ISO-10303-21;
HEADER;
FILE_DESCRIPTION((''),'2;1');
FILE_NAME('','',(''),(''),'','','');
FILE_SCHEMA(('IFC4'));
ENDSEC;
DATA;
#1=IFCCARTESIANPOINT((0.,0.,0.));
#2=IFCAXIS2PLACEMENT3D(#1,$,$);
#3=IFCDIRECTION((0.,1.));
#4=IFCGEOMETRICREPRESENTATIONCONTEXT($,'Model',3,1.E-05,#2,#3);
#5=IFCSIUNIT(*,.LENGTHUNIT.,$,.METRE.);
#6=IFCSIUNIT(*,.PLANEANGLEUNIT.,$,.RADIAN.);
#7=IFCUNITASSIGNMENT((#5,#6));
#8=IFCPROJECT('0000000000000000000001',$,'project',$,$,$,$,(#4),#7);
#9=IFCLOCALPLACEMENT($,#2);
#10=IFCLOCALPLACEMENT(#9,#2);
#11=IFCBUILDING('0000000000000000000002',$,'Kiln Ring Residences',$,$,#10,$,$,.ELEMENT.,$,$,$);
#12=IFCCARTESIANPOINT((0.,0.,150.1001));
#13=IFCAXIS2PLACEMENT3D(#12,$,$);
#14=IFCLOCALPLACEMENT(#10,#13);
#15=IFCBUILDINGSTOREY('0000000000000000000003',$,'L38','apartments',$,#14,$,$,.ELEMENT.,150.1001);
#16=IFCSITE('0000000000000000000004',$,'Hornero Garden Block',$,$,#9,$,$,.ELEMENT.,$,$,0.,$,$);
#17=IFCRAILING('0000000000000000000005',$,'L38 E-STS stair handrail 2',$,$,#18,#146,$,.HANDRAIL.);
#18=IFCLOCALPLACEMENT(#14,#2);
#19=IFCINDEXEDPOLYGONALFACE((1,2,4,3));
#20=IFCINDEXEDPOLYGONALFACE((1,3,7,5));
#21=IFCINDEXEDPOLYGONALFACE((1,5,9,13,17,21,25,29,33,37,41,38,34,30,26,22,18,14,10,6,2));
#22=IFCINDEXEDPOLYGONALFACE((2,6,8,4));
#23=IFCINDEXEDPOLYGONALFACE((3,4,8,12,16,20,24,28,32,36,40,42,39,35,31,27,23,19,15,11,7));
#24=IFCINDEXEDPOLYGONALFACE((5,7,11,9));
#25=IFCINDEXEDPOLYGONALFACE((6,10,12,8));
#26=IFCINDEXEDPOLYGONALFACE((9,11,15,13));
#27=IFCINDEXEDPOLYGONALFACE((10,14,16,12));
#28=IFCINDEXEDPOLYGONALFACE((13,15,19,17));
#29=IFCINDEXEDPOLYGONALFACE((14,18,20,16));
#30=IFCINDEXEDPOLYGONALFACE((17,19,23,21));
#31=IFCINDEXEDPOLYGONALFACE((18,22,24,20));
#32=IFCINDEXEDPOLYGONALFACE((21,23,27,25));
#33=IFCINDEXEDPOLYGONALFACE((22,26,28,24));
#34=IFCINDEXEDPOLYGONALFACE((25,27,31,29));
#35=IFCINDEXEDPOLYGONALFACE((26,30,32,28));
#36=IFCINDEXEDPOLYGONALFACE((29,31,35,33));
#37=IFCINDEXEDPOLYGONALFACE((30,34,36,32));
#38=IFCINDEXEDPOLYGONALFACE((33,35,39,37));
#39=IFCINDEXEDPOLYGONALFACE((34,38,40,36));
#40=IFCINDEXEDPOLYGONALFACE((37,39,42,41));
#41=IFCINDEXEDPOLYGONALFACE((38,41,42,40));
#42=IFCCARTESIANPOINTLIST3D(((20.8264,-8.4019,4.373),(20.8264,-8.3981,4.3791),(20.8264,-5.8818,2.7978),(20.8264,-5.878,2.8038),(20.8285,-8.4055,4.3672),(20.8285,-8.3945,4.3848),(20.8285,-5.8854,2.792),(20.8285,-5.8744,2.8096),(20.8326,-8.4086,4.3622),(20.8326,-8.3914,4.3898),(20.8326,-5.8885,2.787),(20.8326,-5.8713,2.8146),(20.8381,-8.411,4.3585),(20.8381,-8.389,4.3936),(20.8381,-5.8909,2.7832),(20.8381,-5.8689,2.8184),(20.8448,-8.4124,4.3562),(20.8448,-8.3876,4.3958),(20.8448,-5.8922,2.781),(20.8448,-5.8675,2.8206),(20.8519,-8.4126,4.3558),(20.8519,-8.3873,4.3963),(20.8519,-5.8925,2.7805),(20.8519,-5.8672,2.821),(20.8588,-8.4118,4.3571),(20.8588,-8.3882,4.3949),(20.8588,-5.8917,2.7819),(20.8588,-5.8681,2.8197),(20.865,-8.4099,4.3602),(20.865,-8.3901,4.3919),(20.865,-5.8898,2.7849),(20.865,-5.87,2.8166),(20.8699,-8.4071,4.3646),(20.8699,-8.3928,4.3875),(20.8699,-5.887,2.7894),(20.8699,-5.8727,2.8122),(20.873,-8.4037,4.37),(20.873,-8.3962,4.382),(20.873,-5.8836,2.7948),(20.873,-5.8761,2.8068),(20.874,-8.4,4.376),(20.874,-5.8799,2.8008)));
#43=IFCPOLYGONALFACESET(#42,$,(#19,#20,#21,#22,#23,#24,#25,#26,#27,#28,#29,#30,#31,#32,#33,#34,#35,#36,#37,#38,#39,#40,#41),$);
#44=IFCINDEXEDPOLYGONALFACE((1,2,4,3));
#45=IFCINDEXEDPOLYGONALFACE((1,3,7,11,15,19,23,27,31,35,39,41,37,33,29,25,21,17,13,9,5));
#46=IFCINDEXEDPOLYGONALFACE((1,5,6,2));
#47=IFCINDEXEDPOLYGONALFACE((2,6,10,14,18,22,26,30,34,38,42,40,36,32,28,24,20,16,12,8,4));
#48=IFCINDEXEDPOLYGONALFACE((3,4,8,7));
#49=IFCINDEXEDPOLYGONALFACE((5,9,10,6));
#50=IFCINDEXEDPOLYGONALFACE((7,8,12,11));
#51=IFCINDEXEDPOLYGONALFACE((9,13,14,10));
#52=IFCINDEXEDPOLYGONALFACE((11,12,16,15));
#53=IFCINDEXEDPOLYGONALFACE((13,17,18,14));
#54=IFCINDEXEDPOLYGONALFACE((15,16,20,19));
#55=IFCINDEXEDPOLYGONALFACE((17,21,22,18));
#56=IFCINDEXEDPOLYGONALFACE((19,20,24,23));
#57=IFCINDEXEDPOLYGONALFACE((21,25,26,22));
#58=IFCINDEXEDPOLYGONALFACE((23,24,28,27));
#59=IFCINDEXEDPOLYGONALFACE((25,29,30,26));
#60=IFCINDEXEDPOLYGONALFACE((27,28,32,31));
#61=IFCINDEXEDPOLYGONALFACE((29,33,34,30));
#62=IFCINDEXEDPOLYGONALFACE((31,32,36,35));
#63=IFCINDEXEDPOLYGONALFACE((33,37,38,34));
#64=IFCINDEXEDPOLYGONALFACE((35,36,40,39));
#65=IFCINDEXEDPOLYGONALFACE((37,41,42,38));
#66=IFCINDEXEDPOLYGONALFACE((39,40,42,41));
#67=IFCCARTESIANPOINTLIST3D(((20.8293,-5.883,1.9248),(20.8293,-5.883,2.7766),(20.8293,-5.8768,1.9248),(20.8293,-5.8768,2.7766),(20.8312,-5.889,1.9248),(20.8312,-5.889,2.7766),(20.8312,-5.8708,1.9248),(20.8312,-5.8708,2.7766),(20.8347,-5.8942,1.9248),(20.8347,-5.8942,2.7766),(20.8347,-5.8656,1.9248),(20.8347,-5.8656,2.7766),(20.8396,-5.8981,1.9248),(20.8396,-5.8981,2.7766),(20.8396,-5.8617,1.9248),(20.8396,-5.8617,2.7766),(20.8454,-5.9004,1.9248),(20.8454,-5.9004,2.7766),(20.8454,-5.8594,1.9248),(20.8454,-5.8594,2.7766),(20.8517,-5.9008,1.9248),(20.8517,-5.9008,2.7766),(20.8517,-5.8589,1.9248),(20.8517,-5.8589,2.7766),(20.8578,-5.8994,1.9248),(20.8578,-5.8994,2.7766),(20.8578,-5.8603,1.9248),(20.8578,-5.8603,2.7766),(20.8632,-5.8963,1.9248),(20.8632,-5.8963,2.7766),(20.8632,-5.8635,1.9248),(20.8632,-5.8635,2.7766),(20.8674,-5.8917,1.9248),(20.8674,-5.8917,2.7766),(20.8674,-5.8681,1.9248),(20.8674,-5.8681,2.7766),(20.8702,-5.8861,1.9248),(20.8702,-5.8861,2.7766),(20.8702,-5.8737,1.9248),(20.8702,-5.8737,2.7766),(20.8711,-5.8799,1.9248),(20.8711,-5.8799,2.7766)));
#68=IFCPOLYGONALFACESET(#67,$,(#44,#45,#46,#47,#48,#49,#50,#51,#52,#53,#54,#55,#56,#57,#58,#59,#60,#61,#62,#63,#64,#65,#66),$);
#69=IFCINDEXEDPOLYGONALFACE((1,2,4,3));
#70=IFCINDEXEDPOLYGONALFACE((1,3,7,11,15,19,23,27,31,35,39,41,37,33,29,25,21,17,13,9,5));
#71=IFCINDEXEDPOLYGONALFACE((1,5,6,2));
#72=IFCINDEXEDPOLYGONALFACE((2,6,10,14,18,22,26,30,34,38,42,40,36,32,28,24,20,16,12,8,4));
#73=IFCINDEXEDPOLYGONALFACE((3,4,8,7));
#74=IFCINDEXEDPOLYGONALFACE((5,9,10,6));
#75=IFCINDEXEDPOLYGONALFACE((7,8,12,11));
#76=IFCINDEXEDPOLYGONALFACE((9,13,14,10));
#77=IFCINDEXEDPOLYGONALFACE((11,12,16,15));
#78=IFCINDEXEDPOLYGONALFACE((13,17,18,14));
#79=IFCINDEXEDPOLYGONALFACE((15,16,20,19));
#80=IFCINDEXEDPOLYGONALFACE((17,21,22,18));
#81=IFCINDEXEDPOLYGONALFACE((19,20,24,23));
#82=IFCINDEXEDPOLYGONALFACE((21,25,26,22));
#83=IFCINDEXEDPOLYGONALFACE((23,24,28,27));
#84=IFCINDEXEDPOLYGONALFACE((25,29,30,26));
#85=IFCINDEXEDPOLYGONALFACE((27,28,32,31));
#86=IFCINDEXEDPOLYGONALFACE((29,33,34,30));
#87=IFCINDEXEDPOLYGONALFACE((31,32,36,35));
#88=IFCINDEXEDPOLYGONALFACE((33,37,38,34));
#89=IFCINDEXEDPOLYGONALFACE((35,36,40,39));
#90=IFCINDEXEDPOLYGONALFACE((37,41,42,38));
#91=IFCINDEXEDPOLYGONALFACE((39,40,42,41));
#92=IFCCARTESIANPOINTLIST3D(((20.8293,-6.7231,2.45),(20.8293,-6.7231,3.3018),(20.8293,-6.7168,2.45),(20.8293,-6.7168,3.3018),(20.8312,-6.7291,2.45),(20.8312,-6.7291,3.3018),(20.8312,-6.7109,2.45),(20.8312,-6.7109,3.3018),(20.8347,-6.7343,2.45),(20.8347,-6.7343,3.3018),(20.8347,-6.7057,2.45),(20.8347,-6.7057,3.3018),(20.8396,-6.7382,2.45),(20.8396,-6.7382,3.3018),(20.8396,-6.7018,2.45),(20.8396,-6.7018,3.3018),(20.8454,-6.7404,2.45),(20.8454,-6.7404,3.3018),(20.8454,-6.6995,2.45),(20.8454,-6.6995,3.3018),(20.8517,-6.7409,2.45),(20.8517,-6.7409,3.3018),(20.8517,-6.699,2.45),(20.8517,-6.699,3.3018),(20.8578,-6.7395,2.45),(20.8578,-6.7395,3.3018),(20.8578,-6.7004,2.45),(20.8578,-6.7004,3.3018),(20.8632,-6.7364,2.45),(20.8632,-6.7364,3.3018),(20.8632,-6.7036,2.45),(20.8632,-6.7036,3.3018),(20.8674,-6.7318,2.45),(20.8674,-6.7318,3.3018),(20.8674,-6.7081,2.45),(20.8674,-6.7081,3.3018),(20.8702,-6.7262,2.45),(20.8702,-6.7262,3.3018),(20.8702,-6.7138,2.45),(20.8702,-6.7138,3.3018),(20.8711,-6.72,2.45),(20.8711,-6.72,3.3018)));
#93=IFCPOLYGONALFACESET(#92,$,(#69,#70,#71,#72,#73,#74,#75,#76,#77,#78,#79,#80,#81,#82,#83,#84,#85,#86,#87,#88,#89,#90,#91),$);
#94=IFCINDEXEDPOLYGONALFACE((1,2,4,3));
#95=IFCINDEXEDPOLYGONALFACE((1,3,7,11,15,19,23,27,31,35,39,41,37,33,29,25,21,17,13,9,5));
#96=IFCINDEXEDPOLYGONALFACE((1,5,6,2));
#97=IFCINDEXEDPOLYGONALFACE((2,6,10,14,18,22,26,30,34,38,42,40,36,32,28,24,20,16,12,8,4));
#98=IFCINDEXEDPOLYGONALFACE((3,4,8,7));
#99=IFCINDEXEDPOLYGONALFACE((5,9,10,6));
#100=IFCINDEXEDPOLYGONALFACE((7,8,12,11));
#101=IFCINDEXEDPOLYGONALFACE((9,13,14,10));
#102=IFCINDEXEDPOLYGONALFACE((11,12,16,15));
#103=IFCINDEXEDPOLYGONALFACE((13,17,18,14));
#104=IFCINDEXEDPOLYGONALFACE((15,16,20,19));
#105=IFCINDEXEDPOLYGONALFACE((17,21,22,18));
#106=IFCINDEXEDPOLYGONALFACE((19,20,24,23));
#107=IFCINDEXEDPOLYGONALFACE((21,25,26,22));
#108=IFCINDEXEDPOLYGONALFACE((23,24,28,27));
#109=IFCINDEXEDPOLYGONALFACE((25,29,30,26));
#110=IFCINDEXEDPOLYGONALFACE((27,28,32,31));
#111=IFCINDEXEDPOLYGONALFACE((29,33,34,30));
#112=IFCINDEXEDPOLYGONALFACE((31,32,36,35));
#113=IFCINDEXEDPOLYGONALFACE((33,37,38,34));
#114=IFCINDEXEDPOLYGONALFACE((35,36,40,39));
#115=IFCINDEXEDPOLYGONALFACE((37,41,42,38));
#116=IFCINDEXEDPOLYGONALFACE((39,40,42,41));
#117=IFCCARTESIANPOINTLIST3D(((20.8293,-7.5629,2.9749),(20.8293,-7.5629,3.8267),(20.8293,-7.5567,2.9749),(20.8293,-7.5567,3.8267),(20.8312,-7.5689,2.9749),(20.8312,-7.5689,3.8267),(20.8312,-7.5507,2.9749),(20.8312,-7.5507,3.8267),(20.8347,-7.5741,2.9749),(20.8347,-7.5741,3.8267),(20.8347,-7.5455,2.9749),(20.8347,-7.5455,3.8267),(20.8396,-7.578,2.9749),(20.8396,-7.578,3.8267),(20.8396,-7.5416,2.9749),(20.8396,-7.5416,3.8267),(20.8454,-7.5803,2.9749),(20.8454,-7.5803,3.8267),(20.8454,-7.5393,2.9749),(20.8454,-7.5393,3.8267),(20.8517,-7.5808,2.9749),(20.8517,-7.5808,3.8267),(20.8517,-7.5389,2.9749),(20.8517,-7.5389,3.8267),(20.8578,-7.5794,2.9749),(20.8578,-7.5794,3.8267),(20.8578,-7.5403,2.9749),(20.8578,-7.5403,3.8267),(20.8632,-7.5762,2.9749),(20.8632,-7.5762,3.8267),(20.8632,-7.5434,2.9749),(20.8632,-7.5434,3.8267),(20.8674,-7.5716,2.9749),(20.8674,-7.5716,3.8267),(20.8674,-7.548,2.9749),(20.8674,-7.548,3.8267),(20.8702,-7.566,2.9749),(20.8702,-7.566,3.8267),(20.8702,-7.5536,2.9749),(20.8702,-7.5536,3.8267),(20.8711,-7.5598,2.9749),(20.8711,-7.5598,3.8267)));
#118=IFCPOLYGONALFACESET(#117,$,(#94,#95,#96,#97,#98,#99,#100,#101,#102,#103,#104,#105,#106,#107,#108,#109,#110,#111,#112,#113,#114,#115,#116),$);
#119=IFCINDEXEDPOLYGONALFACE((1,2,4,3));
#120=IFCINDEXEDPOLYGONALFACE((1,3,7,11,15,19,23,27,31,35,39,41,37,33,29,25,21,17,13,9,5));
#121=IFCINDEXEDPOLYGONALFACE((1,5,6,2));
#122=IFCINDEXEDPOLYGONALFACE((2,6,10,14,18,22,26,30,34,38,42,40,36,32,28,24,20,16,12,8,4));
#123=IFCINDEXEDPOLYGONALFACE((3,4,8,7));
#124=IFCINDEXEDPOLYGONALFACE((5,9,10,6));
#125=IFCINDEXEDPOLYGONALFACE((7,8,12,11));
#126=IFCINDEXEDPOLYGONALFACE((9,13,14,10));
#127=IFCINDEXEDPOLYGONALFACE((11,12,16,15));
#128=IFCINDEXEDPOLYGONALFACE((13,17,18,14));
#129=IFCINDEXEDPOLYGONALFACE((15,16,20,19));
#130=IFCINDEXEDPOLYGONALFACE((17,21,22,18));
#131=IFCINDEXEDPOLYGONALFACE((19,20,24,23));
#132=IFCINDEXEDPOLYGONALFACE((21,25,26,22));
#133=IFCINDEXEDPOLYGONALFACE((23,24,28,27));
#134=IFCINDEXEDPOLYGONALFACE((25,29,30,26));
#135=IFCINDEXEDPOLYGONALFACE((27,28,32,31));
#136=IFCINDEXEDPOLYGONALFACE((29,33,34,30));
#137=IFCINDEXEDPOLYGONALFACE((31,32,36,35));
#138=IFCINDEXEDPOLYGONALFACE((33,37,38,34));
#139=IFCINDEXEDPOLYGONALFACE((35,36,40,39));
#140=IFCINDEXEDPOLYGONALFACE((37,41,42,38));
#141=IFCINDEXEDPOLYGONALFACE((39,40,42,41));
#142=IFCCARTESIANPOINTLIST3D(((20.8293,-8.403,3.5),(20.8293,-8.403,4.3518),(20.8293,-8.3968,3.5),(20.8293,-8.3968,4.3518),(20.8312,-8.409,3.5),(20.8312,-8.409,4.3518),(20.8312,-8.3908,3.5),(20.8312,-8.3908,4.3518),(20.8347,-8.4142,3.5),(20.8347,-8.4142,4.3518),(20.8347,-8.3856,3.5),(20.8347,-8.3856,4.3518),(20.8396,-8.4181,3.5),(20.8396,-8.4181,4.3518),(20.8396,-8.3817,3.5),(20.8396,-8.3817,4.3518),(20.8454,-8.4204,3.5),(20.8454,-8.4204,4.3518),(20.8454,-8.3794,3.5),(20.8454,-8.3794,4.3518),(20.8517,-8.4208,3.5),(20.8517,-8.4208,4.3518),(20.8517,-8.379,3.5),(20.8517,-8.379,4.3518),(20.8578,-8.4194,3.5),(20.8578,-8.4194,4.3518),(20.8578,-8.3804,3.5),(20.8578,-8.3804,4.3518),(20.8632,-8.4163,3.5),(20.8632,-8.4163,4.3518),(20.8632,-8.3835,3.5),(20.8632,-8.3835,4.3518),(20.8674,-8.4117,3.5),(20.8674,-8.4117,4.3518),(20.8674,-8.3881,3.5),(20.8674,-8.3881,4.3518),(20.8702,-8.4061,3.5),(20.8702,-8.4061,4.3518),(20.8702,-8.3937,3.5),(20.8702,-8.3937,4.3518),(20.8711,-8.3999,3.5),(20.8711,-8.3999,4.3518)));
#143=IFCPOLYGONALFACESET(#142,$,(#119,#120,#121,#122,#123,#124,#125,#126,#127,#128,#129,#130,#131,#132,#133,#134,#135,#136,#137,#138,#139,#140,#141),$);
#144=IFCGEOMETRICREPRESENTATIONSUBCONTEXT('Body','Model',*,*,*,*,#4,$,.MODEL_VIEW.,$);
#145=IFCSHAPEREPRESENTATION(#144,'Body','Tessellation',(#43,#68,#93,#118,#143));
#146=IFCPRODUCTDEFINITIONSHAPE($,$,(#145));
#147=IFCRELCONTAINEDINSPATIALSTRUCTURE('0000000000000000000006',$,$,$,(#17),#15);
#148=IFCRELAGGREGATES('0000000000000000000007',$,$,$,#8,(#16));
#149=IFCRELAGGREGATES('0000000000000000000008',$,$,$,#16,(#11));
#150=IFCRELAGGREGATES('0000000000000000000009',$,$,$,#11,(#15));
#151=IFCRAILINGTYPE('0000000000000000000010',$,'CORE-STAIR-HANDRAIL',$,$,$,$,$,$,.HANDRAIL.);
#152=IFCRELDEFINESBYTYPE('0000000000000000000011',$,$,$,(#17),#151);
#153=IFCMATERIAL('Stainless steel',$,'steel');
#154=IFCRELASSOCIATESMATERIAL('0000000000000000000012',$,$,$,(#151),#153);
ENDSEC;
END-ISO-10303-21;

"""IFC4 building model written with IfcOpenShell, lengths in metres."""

from ifc_helpers import new_model, si_unit, direction, frame, origin, origin_2d, place, context, subcontext, project, spatial, circle, extrude, material, type_object, element, save


model = new_model("IFC4")

# Units and contexts
model_context = context("Model", 3, precision=1e-05, world=origin(), true_north=direction((0.0, 1.0)))
body_context = subcontext(model_context, "Body", "Model", "MODEL_VIEW")
ifc_project = project(units=[si_unit("LENGTHUNIT", "METRE"), si_unit("PLANEANGLEUNIT", "RADIAN")], contexts=[model_context])

# Site, building, storey
site_placement = place(None, origin())
site = spatial("IfcSite", under=ifc_project, at=site_placement, Name="Hornero Garden Block", CompositionType="ELEMENT", RefElevation=0.0)
building_placement = place(site_placement, origin())
building = spatial("IfcBuilding", under=site, at=building_placement, Name="Kiln Ring Residences", CompositionType="ELEMENT")
storey_placement = place(building_placement, frame((0.0, 0.0, 150.1001)))
storey = spatial("IfcBuildingStorey", under=building, at=storey_placement, Name="L38", Description="apartments", CompositionType="ELEMENT", Elevation=150.1001)

# Railing
ifc_material_1 = material(Name="Stainless steel", Category="steel")
railing_type_1 = type_object("IfcRailingType", Name="CORE-STAIR-HANDRAIL", PredefinedType="HANDRAIL", material=ifc_material_1)
railing_1_placement = place(storey_placement, frame((20.8501, -5.8799, 1.9248)))
element("IfcRailing", 1, at=railing_1_placement, inside=storey, type_object=railing_type_1, Name="L38 E-STS stair handrail 2", PredefinedType="HANDRAIL", context=body_context, shape_type="SweptSolid", body=[
    extrude(circle(Radius=0.0239, at=origin_2d()), frame((0.0, 0.0, 0.876), z_axis=(0.0, -0.847971, 0.530043), x_axis=(1.0, 0.0, 0.0)), (0.0, 0.0, 1.0), 2.9719),
    extrude(circle(Radius=0.021, at=origin_2d()), origin(), (0.0, 0.0, 1.0), 0.8518),
    extrude(circle(Radius=0.021, at=origin_2d()), frame((0.0, -0.8401, 0.5251)), (0.0, 0.0, 1.0), 0.8518),
    extrude(circle(Radius=0.021, at=origin_2d()), frame((0.0, -1.6799, 1.05)), (0.0, 0.0, 1.0), 0.8518),
    extrude(circle(Radius=0.021, at=origin_2d()), frame((0.0, -2.52, 1.5752)), (0.0, 0.0, 1.0), 0.8518),
])

save(model, "model.ifc")
